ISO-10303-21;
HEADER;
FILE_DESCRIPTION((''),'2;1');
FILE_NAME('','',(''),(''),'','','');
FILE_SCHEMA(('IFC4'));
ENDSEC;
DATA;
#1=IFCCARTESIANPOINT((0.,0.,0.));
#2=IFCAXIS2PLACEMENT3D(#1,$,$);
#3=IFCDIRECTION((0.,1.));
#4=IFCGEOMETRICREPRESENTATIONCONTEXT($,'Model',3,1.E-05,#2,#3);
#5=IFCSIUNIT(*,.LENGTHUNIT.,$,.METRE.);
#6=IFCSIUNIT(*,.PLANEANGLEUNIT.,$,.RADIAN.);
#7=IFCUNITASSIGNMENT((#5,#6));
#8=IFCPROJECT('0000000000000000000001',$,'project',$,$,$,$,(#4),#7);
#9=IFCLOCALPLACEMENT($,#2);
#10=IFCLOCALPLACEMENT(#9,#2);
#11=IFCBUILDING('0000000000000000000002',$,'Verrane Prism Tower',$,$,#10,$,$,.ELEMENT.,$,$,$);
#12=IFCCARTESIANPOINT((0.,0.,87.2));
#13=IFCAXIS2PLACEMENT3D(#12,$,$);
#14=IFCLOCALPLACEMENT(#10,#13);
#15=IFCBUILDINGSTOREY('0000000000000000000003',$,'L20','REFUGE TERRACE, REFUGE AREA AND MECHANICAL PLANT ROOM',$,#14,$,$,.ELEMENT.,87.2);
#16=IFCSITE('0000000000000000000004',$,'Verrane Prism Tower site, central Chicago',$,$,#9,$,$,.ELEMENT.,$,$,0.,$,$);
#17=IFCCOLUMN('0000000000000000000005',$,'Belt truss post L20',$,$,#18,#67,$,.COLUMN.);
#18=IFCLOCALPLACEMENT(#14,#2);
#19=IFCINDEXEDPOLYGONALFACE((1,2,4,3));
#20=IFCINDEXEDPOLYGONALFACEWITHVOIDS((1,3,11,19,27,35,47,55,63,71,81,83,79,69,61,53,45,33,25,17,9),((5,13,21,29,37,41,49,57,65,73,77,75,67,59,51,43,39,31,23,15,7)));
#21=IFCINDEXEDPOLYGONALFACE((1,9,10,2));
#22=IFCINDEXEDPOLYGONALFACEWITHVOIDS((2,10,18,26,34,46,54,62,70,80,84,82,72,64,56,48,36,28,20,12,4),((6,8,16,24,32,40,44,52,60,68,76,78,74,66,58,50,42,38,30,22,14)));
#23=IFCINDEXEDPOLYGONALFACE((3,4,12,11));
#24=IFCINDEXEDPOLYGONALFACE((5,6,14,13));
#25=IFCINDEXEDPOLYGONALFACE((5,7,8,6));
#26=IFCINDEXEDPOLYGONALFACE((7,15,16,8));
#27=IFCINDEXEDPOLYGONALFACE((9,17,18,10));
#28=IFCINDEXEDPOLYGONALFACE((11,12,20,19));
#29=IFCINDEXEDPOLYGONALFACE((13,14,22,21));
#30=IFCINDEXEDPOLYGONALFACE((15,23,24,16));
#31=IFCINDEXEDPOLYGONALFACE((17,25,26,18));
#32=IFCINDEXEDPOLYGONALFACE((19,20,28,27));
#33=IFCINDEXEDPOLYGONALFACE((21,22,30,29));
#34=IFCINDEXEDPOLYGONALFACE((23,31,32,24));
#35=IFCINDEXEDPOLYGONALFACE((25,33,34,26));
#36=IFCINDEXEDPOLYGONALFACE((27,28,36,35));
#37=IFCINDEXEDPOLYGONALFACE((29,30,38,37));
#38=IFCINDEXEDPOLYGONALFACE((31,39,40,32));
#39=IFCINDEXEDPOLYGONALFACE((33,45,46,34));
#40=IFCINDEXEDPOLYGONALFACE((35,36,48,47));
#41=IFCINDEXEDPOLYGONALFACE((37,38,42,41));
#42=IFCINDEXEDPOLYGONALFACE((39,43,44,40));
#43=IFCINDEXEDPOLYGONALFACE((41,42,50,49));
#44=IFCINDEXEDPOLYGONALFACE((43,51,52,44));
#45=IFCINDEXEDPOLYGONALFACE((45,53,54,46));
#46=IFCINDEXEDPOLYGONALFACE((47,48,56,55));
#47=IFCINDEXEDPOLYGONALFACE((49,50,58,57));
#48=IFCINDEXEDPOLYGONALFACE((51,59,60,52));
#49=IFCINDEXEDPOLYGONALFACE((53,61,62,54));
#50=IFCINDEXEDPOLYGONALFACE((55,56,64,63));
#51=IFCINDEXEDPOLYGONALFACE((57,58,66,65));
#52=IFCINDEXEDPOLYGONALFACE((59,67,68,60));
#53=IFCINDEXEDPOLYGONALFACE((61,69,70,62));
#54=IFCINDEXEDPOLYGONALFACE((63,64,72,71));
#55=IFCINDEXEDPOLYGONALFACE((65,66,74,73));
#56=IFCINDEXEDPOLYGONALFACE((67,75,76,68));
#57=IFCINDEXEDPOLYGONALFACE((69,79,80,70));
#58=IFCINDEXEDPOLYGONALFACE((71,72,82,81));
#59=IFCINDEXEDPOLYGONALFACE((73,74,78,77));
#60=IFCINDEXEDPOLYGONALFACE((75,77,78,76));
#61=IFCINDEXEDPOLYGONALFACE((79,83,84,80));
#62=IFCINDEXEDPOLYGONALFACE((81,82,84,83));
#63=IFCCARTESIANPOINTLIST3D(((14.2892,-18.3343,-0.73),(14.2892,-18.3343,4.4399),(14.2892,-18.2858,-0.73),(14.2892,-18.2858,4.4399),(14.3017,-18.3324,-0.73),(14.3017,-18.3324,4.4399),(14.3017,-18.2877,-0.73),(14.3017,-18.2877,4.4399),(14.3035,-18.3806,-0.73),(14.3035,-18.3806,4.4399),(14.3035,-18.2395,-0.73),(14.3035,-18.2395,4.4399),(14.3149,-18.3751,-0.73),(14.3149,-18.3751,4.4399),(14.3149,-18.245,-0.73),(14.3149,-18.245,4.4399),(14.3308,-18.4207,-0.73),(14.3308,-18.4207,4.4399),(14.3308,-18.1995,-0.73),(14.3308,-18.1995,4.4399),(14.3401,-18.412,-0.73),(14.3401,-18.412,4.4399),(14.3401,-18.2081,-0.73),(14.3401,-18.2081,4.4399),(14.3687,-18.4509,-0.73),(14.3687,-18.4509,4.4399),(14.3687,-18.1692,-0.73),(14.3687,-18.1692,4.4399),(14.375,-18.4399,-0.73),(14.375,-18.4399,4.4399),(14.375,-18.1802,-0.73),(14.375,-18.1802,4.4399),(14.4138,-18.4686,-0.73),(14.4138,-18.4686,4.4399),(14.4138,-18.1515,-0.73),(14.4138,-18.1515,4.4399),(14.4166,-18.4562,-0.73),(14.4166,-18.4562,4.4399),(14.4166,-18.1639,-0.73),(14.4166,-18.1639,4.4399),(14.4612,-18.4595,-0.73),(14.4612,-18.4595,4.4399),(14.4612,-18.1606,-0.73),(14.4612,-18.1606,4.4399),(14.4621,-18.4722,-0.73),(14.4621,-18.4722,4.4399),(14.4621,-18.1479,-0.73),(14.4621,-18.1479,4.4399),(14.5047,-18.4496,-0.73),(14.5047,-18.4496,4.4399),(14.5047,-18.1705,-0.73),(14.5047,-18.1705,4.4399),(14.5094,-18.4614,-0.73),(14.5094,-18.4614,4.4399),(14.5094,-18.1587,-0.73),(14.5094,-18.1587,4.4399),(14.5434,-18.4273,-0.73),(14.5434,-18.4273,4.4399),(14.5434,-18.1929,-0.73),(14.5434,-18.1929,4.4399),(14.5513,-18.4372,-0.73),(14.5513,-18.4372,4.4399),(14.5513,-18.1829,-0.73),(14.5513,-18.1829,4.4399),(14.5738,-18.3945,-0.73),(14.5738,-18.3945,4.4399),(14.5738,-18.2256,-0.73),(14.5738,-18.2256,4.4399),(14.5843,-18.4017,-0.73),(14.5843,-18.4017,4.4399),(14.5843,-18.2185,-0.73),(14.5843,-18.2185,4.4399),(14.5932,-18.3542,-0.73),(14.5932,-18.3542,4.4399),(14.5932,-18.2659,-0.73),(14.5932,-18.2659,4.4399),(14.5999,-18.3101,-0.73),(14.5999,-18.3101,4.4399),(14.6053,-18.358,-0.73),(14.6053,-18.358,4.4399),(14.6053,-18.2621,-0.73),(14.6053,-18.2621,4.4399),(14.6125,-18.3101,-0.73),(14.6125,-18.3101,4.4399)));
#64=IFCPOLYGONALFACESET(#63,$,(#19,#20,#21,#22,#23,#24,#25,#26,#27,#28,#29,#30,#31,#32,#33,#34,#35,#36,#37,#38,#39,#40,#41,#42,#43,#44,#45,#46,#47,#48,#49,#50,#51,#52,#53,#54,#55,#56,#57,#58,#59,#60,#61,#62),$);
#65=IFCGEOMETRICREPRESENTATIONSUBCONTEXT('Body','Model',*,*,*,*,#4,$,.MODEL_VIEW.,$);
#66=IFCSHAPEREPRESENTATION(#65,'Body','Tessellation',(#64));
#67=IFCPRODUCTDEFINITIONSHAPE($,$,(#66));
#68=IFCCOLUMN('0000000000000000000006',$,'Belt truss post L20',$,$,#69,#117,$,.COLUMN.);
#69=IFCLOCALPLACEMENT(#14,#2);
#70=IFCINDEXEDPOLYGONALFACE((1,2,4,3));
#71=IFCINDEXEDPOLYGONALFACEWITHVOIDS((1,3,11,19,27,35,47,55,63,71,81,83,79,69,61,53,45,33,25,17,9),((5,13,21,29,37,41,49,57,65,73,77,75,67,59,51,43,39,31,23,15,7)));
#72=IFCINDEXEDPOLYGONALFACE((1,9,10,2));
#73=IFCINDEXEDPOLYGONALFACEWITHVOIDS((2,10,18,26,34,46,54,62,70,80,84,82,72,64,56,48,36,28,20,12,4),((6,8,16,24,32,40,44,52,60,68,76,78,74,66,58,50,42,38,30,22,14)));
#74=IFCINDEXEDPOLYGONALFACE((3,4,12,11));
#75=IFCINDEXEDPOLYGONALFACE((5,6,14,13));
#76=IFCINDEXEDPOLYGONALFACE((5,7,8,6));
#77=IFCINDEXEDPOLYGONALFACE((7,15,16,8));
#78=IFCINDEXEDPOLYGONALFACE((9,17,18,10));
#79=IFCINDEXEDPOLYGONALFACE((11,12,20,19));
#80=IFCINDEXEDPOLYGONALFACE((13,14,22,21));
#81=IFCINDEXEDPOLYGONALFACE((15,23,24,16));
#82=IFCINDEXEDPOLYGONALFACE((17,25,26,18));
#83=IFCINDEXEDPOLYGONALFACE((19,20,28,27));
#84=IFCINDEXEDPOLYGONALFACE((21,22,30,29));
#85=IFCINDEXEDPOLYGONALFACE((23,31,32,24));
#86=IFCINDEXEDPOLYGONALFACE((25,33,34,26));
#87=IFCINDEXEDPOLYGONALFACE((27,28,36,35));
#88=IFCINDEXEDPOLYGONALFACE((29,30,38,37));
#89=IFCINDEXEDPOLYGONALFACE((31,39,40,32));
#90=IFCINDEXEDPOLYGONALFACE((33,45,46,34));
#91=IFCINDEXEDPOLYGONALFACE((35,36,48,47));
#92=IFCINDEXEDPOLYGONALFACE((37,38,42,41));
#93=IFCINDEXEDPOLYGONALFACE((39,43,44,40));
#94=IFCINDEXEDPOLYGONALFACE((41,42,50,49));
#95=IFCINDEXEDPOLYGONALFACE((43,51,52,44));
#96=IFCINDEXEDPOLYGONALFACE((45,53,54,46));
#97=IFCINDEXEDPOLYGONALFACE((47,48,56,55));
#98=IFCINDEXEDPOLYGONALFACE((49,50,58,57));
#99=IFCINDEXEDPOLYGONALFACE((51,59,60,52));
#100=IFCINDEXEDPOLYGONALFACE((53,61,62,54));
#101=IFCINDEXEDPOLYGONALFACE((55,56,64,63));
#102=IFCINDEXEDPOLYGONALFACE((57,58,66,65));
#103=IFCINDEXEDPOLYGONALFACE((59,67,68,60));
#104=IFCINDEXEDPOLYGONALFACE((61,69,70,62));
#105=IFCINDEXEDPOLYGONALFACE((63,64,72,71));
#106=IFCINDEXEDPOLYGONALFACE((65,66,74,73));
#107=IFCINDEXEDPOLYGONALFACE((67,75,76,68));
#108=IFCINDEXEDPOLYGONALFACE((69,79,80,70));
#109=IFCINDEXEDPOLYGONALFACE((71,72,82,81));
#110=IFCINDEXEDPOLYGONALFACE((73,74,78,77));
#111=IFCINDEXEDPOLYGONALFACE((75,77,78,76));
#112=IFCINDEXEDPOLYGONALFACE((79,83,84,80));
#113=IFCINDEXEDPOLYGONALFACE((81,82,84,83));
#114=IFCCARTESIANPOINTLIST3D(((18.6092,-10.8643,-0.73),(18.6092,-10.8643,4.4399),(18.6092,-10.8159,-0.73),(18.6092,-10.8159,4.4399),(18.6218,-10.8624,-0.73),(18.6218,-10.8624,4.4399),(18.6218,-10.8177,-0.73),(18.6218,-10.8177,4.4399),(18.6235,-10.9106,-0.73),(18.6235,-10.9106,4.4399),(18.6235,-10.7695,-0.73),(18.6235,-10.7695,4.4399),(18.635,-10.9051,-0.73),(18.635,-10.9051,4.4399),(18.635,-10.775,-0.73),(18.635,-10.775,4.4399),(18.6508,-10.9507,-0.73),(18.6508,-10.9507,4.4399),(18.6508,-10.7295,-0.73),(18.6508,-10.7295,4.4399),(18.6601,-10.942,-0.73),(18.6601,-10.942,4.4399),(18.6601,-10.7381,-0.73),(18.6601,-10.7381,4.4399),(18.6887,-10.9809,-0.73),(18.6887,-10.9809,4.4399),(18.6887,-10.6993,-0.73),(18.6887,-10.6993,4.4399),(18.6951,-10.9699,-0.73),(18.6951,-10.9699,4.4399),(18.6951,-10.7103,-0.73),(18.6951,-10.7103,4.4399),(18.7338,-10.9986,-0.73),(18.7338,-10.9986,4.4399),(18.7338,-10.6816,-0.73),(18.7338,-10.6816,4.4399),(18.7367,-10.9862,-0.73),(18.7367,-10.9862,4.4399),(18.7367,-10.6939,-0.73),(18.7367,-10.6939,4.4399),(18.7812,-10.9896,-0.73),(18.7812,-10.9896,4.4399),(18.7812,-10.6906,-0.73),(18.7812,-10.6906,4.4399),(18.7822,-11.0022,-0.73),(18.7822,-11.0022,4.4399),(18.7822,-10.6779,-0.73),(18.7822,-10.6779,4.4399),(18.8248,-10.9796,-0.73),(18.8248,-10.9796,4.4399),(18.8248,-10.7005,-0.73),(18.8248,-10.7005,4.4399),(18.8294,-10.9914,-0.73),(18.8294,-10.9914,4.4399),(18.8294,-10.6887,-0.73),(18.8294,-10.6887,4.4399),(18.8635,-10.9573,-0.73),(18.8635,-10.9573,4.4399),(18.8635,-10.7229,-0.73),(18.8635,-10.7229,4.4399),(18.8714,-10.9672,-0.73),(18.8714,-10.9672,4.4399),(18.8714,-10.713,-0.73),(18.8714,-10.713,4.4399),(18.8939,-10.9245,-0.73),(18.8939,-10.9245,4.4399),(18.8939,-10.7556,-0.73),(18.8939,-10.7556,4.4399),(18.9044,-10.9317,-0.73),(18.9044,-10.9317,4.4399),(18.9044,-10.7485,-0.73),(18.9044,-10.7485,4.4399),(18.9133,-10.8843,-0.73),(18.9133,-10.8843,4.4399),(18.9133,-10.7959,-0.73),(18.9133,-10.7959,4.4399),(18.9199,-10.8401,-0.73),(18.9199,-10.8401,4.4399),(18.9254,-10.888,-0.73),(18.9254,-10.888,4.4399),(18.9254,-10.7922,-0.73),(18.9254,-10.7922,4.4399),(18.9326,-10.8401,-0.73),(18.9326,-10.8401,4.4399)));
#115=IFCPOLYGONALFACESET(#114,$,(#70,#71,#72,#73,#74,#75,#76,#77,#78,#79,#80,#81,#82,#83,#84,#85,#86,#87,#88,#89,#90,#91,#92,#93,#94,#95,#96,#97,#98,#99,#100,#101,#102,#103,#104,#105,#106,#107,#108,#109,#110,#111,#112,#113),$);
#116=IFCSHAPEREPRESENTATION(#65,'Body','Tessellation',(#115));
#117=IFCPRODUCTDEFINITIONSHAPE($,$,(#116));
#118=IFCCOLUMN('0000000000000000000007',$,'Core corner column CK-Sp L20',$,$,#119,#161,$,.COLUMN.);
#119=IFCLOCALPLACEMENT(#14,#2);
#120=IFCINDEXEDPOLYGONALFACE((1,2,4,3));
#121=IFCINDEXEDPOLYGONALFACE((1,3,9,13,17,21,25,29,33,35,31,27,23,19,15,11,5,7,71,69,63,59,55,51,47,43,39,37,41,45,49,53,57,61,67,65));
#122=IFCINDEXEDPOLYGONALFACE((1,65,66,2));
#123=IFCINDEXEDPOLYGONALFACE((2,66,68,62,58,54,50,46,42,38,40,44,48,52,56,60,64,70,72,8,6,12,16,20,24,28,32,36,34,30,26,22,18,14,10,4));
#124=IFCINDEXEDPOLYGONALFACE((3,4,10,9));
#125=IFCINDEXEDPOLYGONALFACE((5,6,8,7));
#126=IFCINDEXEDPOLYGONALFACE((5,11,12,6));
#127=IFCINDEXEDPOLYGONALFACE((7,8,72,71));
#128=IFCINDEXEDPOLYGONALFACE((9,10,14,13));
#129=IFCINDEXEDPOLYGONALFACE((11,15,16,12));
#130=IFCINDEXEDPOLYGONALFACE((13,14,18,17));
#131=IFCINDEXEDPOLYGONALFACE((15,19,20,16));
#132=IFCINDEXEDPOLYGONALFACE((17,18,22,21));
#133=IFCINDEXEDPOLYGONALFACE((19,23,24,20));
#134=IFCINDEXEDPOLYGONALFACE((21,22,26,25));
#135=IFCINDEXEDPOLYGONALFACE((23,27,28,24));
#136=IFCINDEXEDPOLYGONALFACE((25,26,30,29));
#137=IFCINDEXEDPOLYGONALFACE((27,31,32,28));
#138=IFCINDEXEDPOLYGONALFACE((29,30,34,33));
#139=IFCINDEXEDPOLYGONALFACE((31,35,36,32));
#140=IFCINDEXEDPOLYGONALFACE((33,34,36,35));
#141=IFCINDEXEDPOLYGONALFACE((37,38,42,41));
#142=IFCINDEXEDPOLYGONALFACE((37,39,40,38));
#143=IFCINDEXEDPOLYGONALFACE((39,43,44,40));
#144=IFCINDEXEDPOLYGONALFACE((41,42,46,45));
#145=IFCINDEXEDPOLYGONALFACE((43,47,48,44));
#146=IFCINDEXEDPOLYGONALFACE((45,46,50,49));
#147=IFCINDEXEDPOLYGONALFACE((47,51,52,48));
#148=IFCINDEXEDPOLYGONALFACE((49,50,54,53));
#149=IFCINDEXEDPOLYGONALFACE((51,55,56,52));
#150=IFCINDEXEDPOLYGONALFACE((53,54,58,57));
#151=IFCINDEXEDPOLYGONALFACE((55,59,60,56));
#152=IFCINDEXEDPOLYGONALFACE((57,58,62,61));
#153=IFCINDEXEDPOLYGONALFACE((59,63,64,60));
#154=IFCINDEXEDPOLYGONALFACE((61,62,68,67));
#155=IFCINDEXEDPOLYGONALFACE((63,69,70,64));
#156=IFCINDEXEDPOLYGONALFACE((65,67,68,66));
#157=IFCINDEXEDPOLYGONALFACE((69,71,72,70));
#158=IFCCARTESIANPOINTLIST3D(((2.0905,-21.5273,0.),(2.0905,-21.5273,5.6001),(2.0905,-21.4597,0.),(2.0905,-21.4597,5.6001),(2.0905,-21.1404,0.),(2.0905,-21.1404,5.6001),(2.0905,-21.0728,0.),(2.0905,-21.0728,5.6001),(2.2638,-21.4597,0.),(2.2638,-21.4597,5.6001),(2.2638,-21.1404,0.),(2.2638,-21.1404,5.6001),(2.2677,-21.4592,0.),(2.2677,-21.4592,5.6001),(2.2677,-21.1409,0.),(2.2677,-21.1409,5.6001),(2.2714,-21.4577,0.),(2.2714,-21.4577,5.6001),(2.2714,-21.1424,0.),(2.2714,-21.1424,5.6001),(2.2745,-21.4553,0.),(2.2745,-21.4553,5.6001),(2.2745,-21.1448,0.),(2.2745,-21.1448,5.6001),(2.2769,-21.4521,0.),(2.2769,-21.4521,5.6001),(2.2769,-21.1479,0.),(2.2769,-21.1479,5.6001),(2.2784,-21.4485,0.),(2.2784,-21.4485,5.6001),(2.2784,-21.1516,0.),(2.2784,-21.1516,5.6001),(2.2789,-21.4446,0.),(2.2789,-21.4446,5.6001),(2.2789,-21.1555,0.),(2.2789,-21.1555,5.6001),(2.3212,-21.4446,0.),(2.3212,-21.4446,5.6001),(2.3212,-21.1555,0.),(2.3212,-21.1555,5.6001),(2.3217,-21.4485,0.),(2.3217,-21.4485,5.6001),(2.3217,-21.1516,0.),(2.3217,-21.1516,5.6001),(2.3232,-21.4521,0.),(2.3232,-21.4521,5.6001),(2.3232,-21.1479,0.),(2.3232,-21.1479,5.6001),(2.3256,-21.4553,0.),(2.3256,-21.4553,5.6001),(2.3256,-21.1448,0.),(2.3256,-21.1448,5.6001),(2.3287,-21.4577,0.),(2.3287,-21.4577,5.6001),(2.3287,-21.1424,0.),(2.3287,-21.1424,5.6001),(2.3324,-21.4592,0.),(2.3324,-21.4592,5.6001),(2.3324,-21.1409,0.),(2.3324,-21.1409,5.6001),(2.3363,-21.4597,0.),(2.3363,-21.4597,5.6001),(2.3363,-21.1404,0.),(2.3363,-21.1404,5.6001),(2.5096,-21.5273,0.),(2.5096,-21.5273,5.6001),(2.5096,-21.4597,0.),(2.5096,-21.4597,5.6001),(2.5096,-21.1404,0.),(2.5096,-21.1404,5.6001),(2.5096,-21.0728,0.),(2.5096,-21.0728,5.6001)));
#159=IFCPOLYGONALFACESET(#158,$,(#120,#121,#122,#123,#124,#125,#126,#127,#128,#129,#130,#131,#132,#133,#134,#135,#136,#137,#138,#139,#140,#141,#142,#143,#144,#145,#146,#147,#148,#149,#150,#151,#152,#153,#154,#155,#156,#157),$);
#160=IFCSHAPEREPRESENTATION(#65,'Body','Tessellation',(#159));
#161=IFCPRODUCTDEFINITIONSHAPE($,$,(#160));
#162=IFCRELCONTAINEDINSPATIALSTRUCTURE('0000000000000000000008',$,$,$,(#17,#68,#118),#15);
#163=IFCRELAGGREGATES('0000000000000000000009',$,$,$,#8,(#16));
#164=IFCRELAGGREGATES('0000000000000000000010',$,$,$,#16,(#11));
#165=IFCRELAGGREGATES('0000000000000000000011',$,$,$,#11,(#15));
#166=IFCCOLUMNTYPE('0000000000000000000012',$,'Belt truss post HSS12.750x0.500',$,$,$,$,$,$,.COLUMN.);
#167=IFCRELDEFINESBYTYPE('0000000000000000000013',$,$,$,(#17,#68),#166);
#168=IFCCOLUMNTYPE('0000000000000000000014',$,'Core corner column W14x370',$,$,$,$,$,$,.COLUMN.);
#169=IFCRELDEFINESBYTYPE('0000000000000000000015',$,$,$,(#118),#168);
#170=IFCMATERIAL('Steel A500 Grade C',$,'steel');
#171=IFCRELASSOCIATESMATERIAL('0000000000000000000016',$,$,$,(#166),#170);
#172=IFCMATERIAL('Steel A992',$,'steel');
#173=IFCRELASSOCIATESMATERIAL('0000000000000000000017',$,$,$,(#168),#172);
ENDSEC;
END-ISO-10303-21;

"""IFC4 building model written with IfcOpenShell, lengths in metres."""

from ifc_helpers import new_model, si_unit, direction, frame, origin, origin_2d, place, context, subcontext, project, spatial, hollow_circle, i_section, extrude, material, material_profile, profile_set, type_object, element, save


model = new_model("IFC4")

# Units and contexts
model_context = context("Model", 3, precision=1e-05, world=origin(), true_north=direction((0.0, 1.0)))
body_context = subcontext(model_context, "Body", "Model", "MODEL_VIEW")
ifc_project = project(units=[si_unit("LENGTHUNIT", "METRE"), si_unit("PLANEANGLEUNIT", "RADIAN")], contexts=[model_context])

# Site, building, storey
site_placement = place(None, origin())
site = spatial("IfcSite", under=ifc_project, at=site_placement, Name="Verrane Prism Tower site, central Chicago", CompositionType="ELEMENT", RefElevation=0.0)
building_placement = place(site_placement, origin())
building = spatial("IfcBuilding", under=site, at=building_placement, Name="Verrane Prism Tower", CompositionType="ELEMENT")
storey_placement = place(building_placement, frame((0.0, 0.0, 87.2)))
storey = spatial("IfcBuildingStorey", under=building, at=storey_placement, Name="L20", Description="REFUGE TERRACE, REFUGE AREA AND MECHANICAL PLANT ROOM", CompositionType="ELEMENT", Elevation=87.2)

# Columns
ifc_material_1 = material(Name="Steel A500 Grade C", Category="steel")
ifc_material_profile_1 = material_profile(ifc_material_1, hollow_circle(Radius=0.1626, WallThickness=0.0127, at=origin_2d()), Name="HSS12.750x0.500")
ifc_profile_set_1 = profile_set([ifc_material_profile_1], Name="Steel A500 Grade C")
column_type_1 = type_object("IfcColumnType", Name="Belt truss post HSS12.750x0.500", PredefinedType="COLUMN", material=ifc_profile_set_1)
for number, where, z_axis, x_axis, name in (
    (1, (14.45, -18.3101, -0.73), (0.0, 0.0, 1.0), (-0.5, -0.866025, 0.0), "Belt truss post L20"),
    (2, (18.77, -10.8401, -0.73), (0.0, 0.0, 1.0), (-0.5, -0.866025, 0.0), "Belt truss post L20"),
):
    element("IfcColumn", number, at=place(storey_placement, frame(where, z_axis=z_axis, x_axis=x_axis)), inside=storey, type_object=column_type_1, Name=name, PredefinedType="COLUMN", context=body_context, shape_type="SweptSolid", body=[
        extrude(hollow_circle(Radius=0.1626, WallThickness=0.0127, at=origin_2d()), origin(), (0.0, 0.0, 1.0), 5.1699),
    ])
ifc_material_2 = material(Name="Steel A992", Category="steel")
ifc_material_profile_2 = material_profile(ifc_material_2, i_section(OverallWidth=0.4192, OverallDepth=0.4546, WebThickness=0.0422, FlangeThickness=0.0676, FilletRadius=0.0151, at=origin_2d()), Name="W14x370")
ifc_profile_set_2 = profile_set([ifc_material_profile_2], Name="Steel A992")
column_type_2 = type_object("IfcColumnType", Name="Core corner column W14x370", PredefinedType="COLUMN", material=ifc_profile_set_2)
column_1_placement = place(storey_placement, frame((2.3, -21.3, 0.0), z_axis=(0.0, 0.0, 1.0), x_axis=(-1.0, 0.0, 0.0)))
element("IfcColumn", 3, at=column_1_placement, inside=storey, type_object=column_type_2, Name="Core corner column CK-Sp L20", PredefinedType="COLUMN", context=body_context, shape_type="SweptSolid", body=[
    extrude(i_section(OverallWidth=0.4192, OverallDepth=0.4546, WebThickness=0.0422, FlangeThickness=0.0676, FilletRadius=0.0151, at=origin_2d()), origin(), (0.0, 0.0, 1.0), 5.6001),
])

save(model, "model.ifc")
